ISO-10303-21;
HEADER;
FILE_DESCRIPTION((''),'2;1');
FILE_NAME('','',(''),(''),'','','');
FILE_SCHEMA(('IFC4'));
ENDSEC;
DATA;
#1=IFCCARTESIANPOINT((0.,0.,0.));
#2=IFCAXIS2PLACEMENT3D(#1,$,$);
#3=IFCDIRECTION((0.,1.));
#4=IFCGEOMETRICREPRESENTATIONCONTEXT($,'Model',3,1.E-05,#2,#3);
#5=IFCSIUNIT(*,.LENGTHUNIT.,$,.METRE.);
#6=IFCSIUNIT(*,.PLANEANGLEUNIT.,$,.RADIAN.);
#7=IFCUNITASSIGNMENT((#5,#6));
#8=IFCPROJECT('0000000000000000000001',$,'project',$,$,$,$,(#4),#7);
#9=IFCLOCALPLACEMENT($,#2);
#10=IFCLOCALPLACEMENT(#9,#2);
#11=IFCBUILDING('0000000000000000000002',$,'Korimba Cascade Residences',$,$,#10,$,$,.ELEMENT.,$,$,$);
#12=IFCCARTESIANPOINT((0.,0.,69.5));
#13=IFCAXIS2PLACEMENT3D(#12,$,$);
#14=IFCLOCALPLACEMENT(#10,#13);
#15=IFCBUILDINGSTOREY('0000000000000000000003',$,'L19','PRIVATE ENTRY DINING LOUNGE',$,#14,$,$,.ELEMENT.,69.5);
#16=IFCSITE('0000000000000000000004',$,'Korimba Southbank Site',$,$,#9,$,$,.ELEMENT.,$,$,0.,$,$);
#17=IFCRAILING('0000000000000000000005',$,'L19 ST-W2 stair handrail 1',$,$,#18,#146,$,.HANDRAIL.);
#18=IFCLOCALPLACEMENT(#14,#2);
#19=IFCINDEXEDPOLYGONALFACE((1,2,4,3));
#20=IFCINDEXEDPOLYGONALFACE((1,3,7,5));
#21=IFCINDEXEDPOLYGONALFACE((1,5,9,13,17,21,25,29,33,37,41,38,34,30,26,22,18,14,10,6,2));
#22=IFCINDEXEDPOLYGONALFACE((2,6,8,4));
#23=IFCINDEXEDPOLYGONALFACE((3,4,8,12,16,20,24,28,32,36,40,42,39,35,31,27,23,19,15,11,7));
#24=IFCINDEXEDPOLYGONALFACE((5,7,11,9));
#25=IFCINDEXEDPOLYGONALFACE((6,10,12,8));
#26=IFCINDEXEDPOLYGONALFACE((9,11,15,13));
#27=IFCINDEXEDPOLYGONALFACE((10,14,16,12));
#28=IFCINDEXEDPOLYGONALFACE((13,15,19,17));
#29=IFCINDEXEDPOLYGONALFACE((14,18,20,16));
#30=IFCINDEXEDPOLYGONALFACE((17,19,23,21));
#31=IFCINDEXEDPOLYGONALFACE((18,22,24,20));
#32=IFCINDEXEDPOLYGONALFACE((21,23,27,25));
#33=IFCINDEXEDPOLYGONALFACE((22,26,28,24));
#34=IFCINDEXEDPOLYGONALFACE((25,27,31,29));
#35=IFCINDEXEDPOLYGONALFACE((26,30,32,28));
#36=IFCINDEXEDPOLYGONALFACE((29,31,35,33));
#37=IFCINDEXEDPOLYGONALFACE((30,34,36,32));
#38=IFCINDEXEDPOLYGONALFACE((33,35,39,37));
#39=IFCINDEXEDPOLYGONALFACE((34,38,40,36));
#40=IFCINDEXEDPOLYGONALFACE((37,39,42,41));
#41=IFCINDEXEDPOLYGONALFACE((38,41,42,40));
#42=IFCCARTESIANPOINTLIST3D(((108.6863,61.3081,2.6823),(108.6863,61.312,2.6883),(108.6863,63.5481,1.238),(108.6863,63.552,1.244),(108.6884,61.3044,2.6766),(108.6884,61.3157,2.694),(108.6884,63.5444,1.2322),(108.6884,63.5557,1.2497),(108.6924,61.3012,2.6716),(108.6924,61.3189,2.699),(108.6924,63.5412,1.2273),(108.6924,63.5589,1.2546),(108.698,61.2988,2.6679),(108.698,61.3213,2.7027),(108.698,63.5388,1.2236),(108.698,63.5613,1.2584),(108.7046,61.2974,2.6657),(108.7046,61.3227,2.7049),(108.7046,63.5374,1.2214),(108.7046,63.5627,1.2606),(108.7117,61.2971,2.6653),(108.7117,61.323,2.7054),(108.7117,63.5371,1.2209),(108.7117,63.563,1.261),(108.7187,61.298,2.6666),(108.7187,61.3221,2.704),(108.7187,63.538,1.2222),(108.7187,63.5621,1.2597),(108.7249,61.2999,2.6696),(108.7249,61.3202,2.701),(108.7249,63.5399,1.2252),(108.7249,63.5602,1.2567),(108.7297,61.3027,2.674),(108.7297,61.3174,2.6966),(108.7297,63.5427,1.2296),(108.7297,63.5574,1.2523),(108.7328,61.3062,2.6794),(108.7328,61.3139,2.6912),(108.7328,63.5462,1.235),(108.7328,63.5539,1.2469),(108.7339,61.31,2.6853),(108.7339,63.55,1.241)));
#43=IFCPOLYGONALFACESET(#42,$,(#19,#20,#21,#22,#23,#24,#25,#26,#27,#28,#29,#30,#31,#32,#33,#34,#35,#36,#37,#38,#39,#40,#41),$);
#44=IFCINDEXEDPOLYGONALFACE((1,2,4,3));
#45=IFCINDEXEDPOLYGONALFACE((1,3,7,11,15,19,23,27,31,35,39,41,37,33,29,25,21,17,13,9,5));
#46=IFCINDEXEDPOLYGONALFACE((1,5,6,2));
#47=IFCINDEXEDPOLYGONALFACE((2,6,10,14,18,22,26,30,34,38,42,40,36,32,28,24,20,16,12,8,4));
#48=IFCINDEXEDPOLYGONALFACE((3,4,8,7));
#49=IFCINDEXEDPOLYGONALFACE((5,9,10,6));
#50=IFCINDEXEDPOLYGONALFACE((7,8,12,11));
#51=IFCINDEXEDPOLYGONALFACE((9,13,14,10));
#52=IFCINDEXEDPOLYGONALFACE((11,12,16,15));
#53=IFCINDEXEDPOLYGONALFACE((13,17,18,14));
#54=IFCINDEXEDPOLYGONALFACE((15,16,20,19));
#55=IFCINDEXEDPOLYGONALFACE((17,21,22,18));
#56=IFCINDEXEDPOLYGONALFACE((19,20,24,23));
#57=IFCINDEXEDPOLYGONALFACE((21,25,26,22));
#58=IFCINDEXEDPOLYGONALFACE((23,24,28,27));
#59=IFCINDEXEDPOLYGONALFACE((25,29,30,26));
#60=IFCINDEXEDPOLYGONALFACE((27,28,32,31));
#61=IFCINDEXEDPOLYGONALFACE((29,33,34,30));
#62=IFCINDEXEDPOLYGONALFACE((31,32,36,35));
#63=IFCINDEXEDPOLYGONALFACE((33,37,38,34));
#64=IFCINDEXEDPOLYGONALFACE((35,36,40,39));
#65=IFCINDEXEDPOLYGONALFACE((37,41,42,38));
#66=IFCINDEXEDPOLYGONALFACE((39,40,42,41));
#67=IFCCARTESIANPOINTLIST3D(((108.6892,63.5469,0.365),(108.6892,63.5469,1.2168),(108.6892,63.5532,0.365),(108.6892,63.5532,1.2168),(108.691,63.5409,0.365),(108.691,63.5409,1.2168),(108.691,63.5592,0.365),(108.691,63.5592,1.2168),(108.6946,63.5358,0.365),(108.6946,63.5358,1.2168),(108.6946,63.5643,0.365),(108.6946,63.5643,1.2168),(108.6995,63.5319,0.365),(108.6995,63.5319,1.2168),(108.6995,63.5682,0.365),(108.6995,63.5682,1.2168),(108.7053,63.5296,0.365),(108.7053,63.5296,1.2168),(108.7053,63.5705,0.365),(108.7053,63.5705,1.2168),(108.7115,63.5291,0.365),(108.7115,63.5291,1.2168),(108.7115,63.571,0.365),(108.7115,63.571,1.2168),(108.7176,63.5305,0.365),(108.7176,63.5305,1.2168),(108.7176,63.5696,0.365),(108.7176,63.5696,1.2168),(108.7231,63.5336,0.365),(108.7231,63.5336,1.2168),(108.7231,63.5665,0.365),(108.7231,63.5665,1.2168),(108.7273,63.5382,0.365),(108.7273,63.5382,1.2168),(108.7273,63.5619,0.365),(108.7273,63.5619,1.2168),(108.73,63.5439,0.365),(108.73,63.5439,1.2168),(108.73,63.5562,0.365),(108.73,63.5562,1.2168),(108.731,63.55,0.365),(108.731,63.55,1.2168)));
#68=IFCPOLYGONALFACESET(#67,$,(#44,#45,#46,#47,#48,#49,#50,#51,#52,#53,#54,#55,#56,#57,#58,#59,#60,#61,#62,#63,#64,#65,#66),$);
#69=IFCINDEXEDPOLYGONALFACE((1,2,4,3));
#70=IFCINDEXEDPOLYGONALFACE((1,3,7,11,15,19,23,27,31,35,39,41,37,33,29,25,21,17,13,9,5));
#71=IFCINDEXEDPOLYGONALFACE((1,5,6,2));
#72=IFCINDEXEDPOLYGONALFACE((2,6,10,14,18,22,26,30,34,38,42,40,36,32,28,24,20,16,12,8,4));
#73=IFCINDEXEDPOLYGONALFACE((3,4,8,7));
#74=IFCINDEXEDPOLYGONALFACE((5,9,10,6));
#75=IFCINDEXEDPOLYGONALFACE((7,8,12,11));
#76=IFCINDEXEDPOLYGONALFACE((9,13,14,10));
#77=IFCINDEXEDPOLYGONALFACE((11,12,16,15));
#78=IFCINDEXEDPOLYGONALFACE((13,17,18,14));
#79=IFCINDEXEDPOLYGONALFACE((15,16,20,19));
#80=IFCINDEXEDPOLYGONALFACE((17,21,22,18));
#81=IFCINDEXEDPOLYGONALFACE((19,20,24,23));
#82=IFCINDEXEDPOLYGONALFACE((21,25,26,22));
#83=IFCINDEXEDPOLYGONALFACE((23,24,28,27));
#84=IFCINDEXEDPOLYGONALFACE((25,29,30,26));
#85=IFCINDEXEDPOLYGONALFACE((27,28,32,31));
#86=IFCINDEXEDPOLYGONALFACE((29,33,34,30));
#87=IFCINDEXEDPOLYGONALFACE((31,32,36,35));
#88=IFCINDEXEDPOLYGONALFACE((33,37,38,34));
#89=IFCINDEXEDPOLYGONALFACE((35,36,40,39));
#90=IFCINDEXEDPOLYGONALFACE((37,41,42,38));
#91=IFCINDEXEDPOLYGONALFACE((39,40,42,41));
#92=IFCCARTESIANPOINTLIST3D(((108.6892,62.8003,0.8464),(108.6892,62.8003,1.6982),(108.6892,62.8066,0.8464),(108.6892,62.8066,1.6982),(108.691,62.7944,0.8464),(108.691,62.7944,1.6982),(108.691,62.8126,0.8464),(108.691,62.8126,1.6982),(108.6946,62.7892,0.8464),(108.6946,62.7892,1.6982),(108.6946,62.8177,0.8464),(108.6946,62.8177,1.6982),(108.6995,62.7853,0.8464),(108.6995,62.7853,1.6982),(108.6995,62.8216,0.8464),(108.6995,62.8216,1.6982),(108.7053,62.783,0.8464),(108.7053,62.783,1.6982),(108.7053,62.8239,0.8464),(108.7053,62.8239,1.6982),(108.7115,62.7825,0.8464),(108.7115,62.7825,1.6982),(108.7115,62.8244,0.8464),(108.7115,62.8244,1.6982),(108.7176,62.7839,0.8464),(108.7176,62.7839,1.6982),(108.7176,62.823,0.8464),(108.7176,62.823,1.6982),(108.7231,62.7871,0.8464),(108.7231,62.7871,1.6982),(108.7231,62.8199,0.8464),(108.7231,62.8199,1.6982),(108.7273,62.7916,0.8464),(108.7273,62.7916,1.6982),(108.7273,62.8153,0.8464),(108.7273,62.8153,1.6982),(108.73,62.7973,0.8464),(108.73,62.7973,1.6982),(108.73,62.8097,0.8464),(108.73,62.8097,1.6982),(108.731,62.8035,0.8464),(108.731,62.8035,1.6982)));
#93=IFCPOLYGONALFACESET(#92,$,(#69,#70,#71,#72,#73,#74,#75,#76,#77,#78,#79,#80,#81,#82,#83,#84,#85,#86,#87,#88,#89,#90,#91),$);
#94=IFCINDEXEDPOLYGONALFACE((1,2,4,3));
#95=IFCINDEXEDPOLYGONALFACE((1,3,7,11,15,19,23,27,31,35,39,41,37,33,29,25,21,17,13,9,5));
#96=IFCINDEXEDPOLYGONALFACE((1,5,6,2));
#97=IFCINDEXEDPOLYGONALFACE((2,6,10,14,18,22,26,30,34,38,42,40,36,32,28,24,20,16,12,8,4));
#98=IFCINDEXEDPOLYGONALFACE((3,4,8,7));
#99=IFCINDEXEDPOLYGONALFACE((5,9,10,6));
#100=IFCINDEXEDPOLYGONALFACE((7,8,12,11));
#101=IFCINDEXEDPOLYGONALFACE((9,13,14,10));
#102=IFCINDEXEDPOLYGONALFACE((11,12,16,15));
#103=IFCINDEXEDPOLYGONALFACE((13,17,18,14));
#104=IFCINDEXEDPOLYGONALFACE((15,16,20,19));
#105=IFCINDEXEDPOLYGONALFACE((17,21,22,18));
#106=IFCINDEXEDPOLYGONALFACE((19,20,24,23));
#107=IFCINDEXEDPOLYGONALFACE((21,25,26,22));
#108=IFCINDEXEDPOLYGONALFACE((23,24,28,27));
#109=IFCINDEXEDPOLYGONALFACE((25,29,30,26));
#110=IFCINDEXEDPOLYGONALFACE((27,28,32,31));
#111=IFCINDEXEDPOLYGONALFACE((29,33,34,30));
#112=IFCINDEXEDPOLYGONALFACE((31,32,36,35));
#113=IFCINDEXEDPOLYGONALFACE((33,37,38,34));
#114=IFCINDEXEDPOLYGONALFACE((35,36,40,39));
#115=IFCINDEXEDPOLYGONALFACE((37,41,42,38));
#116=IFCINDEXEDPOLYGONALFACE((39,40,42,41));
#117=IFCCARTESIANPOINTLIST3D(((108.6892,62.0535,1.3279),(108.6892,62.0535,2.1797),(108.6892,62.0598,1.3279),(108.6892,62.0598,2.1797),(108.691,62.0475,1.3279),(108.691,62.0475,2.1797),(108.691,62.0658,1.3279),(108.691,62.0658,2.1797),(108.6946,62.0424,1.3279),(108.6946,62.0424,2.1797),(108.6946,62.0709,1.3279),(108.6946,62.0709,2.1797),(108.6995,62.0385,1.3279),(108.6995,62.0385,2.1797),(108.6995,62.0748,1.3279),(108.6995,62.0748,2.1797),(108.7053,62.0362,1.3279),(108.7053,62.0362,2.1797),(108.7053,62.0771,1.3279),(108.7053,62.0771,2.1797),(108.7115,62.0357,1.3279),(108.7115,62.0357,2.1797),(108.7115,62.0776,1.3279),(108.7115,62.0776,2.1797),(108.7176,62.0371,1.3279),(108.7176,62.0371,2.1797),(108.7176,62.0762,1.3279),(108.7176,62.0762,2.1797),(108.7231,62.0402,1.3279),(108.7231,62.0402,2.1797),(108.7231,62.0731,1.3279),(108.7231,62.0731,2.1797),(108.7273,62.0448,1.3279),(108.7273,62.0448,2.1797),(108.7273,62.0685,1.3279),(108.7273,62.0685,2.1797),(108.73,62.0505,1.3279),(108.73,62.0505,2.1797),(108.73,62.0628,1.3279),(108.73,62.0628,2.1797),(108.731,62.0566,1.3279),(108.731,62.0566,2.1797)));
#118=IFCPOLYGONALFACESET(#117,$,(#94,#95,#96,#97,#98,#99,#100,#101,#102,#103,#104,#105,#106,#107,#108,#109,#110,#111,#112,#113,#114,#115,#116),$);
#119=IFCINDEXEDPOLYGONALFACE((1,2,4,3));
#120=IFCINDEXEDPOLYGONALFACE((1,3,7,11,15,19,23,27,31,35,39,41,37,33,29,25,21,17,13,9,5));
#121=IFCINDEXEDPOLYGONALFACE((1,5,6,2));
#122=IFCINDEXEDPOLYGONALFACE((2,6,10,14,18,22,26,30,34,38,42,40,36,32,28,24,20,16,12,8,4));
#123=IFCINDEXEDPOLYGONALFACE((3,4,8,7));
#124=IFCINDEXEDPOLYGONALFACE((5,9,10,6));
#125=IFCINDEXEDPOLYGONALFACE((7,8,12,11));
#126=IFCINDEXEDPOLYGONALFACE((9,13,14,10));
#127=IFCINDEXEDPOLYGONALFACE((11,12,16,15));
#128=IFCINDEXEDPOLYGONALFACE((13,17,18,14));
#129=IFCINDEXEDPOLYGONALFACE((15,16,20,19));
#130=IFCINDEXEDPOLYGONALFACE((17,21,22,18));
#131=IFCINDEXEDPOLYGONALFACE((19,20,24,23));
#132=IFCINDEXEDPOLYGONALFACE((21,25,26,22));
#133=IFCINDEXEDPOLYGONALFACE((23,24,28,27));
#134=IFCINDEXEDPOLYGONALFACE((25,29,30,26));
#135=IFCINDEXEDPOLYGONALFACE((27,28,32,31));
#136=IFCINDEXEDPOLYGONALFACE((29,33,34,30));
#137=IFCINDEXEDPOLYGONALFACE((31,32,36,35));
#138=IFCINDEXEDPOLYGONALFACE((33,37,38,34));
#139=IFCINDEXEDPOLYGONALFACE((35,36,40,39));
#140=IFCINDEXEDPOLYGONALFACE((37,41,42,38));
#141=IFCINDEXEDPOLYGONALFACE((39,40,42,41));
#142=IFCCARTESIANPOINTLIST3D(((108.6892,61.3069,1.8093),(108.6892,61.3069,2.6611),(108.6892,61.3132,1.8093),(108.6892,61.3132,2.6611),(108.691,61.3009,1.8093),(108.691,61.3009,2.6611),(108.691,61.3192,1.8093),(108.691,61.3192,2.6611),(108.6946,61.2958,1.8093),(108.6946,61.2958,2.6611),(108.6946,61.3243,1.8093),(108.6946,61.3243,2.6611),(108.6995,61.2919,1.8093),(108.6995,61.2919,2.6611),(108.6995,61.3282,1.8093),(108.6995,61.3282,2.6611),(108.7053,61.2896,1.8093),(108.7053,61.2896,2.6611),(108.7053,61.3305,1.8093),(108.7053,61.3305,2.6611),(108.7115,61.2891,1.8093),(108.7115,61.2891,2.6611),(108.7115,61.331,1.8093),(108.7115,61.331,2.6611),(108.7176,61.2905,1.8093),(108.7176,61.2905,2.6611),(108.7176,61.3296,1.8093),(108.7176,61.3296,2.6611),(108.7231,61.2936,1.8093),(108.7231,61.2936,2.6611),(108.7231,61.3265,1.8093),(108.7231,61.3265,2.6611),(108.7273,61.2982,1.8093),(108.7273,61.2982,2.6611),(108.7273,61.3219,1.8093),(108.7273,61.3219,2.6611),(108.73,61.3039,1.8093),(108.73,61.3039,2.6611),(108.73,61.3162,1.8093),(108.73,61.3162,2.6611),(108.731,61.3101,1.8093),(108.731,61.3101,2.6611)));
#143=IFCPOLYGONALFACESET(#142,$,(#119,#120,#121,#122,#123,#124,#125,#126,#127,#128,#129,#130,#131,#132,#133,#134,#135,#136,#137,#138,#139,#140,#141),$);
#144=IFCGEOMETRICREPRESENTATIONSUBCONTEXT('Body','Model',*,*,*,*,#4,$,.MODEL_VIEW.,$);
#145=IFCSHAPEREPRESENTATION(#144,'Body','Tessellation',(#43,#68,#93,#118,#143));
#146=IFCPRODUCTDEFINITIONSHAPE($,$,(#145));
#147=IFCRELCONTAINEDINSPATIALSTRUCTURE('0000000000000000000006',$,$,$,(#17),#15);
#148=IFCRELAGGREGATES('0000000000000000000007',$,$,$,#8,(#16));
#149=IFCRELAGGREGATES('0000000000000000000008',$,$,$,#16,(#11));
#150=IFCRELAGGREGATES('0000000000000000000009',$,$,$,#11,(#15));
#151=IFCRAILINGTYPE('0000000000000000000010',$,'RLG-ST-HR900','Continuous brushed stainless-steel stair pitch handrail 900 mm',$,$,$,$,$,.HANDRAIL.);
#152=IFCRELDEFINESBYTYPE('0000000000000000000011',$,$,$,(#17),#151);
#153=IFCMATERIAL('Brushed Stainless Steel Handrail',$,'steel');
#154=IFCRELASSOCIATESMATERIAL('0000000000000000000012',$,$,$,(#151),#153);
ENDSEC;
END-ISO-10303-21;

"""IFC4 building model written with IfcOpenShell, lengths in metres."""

from ifc_helpers import new_model, si_unit, direction, frame, origin, origin_2d, place, context, subcontext, project, spatial, circle, extrude, material, type_object, element, save


model = new_model("IFC4")

# Units and contexts
model_context = context("Model", 3, precision=1e-05, world=origin(), true_north=direction((0.0, 1.0)))
body_context = subcontext(model_context, "Body", "Model", "MODEL_VIEW")
ifc_project = project(units=[si_unit("LENGTHUNIT", "METRE"), si_unit("PLANEANGLEUNIT", "RADIAN")], contexts=[model_context])

# Site, building, storey
site_placement = place(None, origin())
site = spatial("IfcSite", under=ifc_project, at=site_placement, Name="Korimba Southbank Site", CompositionType="ELEMENT", RefElevation=0.0)
building_placement = place(site_placement, origin())
building = spatial("IfcBuilding", under=site, at=building_placement, Name="Korimba Cascade Residences", CompositionType="ELEMENT")
storey_placement = place(building_placement, frame((0.0, 0.0, 69.5)))
storey = spatial("IfcBuildingStorey", under=building, at=storey_placement, Name="L19", Description="PRIVATE ENTRY DINING LOUNGE", CompositionType="ELEMENT", Elevation=69.5)

# Railing
ifc_material_1 = material(Name="Brushed Stainless Steel Handrail", Category="steel")
railing_type_1 = type_object("IfcRailingType", Name="RLG-ST-HR900", Description="Continuous brushed stainless-steel stair pitch handrail 900 mm", PredefinedType="HANDRAIL", material=ifc_material_1)
railing_1_placement = place(storey_placement, frame((108.71, 63.55, 0.365)))
element("IfcRailing", 1, at=railing_1_placement, inside=storey, type_object=railing_type_1, Name="L19 ST-W2 stair handrail 1", PredefinedType="HANDRAIL", context=body_context, shape_type="SweptSolid", body=[
    extrude(circle(Radius=0.0239, at=origin_2d()), frame((0.0, 0.0, 0.876), z_axis=(0.0, -0.840437, 0.54191), x_axis=(1.0, 0.0, 0.0)), (0.0, 0.0, 1.0), 2.6653),
    extrude(circle(Radius=0.021, at=origin_2d()), origin(), (0.0, 0.0, 1.0), 0.8518),
    extrude(circle(Radius=0.021, at=origin_2d()), frame((0.0, -0.7466, 0.4814)), (0.0, 0.0, 1.0), 0.8518),
    extrude(circle(Radius=0.021, at=origin_2d()), frame((0.0, -1.4934, 0.9629)), (0.0, 0.0, 1.0), 0.8518),
    extrude(circle(Radius=0.021, at=origin_2d()), frame((0.0, -2.24, 1.4443)), (0.0, 0.0, 1.0), 0.8518),
])

save(model, "model.ifc")
